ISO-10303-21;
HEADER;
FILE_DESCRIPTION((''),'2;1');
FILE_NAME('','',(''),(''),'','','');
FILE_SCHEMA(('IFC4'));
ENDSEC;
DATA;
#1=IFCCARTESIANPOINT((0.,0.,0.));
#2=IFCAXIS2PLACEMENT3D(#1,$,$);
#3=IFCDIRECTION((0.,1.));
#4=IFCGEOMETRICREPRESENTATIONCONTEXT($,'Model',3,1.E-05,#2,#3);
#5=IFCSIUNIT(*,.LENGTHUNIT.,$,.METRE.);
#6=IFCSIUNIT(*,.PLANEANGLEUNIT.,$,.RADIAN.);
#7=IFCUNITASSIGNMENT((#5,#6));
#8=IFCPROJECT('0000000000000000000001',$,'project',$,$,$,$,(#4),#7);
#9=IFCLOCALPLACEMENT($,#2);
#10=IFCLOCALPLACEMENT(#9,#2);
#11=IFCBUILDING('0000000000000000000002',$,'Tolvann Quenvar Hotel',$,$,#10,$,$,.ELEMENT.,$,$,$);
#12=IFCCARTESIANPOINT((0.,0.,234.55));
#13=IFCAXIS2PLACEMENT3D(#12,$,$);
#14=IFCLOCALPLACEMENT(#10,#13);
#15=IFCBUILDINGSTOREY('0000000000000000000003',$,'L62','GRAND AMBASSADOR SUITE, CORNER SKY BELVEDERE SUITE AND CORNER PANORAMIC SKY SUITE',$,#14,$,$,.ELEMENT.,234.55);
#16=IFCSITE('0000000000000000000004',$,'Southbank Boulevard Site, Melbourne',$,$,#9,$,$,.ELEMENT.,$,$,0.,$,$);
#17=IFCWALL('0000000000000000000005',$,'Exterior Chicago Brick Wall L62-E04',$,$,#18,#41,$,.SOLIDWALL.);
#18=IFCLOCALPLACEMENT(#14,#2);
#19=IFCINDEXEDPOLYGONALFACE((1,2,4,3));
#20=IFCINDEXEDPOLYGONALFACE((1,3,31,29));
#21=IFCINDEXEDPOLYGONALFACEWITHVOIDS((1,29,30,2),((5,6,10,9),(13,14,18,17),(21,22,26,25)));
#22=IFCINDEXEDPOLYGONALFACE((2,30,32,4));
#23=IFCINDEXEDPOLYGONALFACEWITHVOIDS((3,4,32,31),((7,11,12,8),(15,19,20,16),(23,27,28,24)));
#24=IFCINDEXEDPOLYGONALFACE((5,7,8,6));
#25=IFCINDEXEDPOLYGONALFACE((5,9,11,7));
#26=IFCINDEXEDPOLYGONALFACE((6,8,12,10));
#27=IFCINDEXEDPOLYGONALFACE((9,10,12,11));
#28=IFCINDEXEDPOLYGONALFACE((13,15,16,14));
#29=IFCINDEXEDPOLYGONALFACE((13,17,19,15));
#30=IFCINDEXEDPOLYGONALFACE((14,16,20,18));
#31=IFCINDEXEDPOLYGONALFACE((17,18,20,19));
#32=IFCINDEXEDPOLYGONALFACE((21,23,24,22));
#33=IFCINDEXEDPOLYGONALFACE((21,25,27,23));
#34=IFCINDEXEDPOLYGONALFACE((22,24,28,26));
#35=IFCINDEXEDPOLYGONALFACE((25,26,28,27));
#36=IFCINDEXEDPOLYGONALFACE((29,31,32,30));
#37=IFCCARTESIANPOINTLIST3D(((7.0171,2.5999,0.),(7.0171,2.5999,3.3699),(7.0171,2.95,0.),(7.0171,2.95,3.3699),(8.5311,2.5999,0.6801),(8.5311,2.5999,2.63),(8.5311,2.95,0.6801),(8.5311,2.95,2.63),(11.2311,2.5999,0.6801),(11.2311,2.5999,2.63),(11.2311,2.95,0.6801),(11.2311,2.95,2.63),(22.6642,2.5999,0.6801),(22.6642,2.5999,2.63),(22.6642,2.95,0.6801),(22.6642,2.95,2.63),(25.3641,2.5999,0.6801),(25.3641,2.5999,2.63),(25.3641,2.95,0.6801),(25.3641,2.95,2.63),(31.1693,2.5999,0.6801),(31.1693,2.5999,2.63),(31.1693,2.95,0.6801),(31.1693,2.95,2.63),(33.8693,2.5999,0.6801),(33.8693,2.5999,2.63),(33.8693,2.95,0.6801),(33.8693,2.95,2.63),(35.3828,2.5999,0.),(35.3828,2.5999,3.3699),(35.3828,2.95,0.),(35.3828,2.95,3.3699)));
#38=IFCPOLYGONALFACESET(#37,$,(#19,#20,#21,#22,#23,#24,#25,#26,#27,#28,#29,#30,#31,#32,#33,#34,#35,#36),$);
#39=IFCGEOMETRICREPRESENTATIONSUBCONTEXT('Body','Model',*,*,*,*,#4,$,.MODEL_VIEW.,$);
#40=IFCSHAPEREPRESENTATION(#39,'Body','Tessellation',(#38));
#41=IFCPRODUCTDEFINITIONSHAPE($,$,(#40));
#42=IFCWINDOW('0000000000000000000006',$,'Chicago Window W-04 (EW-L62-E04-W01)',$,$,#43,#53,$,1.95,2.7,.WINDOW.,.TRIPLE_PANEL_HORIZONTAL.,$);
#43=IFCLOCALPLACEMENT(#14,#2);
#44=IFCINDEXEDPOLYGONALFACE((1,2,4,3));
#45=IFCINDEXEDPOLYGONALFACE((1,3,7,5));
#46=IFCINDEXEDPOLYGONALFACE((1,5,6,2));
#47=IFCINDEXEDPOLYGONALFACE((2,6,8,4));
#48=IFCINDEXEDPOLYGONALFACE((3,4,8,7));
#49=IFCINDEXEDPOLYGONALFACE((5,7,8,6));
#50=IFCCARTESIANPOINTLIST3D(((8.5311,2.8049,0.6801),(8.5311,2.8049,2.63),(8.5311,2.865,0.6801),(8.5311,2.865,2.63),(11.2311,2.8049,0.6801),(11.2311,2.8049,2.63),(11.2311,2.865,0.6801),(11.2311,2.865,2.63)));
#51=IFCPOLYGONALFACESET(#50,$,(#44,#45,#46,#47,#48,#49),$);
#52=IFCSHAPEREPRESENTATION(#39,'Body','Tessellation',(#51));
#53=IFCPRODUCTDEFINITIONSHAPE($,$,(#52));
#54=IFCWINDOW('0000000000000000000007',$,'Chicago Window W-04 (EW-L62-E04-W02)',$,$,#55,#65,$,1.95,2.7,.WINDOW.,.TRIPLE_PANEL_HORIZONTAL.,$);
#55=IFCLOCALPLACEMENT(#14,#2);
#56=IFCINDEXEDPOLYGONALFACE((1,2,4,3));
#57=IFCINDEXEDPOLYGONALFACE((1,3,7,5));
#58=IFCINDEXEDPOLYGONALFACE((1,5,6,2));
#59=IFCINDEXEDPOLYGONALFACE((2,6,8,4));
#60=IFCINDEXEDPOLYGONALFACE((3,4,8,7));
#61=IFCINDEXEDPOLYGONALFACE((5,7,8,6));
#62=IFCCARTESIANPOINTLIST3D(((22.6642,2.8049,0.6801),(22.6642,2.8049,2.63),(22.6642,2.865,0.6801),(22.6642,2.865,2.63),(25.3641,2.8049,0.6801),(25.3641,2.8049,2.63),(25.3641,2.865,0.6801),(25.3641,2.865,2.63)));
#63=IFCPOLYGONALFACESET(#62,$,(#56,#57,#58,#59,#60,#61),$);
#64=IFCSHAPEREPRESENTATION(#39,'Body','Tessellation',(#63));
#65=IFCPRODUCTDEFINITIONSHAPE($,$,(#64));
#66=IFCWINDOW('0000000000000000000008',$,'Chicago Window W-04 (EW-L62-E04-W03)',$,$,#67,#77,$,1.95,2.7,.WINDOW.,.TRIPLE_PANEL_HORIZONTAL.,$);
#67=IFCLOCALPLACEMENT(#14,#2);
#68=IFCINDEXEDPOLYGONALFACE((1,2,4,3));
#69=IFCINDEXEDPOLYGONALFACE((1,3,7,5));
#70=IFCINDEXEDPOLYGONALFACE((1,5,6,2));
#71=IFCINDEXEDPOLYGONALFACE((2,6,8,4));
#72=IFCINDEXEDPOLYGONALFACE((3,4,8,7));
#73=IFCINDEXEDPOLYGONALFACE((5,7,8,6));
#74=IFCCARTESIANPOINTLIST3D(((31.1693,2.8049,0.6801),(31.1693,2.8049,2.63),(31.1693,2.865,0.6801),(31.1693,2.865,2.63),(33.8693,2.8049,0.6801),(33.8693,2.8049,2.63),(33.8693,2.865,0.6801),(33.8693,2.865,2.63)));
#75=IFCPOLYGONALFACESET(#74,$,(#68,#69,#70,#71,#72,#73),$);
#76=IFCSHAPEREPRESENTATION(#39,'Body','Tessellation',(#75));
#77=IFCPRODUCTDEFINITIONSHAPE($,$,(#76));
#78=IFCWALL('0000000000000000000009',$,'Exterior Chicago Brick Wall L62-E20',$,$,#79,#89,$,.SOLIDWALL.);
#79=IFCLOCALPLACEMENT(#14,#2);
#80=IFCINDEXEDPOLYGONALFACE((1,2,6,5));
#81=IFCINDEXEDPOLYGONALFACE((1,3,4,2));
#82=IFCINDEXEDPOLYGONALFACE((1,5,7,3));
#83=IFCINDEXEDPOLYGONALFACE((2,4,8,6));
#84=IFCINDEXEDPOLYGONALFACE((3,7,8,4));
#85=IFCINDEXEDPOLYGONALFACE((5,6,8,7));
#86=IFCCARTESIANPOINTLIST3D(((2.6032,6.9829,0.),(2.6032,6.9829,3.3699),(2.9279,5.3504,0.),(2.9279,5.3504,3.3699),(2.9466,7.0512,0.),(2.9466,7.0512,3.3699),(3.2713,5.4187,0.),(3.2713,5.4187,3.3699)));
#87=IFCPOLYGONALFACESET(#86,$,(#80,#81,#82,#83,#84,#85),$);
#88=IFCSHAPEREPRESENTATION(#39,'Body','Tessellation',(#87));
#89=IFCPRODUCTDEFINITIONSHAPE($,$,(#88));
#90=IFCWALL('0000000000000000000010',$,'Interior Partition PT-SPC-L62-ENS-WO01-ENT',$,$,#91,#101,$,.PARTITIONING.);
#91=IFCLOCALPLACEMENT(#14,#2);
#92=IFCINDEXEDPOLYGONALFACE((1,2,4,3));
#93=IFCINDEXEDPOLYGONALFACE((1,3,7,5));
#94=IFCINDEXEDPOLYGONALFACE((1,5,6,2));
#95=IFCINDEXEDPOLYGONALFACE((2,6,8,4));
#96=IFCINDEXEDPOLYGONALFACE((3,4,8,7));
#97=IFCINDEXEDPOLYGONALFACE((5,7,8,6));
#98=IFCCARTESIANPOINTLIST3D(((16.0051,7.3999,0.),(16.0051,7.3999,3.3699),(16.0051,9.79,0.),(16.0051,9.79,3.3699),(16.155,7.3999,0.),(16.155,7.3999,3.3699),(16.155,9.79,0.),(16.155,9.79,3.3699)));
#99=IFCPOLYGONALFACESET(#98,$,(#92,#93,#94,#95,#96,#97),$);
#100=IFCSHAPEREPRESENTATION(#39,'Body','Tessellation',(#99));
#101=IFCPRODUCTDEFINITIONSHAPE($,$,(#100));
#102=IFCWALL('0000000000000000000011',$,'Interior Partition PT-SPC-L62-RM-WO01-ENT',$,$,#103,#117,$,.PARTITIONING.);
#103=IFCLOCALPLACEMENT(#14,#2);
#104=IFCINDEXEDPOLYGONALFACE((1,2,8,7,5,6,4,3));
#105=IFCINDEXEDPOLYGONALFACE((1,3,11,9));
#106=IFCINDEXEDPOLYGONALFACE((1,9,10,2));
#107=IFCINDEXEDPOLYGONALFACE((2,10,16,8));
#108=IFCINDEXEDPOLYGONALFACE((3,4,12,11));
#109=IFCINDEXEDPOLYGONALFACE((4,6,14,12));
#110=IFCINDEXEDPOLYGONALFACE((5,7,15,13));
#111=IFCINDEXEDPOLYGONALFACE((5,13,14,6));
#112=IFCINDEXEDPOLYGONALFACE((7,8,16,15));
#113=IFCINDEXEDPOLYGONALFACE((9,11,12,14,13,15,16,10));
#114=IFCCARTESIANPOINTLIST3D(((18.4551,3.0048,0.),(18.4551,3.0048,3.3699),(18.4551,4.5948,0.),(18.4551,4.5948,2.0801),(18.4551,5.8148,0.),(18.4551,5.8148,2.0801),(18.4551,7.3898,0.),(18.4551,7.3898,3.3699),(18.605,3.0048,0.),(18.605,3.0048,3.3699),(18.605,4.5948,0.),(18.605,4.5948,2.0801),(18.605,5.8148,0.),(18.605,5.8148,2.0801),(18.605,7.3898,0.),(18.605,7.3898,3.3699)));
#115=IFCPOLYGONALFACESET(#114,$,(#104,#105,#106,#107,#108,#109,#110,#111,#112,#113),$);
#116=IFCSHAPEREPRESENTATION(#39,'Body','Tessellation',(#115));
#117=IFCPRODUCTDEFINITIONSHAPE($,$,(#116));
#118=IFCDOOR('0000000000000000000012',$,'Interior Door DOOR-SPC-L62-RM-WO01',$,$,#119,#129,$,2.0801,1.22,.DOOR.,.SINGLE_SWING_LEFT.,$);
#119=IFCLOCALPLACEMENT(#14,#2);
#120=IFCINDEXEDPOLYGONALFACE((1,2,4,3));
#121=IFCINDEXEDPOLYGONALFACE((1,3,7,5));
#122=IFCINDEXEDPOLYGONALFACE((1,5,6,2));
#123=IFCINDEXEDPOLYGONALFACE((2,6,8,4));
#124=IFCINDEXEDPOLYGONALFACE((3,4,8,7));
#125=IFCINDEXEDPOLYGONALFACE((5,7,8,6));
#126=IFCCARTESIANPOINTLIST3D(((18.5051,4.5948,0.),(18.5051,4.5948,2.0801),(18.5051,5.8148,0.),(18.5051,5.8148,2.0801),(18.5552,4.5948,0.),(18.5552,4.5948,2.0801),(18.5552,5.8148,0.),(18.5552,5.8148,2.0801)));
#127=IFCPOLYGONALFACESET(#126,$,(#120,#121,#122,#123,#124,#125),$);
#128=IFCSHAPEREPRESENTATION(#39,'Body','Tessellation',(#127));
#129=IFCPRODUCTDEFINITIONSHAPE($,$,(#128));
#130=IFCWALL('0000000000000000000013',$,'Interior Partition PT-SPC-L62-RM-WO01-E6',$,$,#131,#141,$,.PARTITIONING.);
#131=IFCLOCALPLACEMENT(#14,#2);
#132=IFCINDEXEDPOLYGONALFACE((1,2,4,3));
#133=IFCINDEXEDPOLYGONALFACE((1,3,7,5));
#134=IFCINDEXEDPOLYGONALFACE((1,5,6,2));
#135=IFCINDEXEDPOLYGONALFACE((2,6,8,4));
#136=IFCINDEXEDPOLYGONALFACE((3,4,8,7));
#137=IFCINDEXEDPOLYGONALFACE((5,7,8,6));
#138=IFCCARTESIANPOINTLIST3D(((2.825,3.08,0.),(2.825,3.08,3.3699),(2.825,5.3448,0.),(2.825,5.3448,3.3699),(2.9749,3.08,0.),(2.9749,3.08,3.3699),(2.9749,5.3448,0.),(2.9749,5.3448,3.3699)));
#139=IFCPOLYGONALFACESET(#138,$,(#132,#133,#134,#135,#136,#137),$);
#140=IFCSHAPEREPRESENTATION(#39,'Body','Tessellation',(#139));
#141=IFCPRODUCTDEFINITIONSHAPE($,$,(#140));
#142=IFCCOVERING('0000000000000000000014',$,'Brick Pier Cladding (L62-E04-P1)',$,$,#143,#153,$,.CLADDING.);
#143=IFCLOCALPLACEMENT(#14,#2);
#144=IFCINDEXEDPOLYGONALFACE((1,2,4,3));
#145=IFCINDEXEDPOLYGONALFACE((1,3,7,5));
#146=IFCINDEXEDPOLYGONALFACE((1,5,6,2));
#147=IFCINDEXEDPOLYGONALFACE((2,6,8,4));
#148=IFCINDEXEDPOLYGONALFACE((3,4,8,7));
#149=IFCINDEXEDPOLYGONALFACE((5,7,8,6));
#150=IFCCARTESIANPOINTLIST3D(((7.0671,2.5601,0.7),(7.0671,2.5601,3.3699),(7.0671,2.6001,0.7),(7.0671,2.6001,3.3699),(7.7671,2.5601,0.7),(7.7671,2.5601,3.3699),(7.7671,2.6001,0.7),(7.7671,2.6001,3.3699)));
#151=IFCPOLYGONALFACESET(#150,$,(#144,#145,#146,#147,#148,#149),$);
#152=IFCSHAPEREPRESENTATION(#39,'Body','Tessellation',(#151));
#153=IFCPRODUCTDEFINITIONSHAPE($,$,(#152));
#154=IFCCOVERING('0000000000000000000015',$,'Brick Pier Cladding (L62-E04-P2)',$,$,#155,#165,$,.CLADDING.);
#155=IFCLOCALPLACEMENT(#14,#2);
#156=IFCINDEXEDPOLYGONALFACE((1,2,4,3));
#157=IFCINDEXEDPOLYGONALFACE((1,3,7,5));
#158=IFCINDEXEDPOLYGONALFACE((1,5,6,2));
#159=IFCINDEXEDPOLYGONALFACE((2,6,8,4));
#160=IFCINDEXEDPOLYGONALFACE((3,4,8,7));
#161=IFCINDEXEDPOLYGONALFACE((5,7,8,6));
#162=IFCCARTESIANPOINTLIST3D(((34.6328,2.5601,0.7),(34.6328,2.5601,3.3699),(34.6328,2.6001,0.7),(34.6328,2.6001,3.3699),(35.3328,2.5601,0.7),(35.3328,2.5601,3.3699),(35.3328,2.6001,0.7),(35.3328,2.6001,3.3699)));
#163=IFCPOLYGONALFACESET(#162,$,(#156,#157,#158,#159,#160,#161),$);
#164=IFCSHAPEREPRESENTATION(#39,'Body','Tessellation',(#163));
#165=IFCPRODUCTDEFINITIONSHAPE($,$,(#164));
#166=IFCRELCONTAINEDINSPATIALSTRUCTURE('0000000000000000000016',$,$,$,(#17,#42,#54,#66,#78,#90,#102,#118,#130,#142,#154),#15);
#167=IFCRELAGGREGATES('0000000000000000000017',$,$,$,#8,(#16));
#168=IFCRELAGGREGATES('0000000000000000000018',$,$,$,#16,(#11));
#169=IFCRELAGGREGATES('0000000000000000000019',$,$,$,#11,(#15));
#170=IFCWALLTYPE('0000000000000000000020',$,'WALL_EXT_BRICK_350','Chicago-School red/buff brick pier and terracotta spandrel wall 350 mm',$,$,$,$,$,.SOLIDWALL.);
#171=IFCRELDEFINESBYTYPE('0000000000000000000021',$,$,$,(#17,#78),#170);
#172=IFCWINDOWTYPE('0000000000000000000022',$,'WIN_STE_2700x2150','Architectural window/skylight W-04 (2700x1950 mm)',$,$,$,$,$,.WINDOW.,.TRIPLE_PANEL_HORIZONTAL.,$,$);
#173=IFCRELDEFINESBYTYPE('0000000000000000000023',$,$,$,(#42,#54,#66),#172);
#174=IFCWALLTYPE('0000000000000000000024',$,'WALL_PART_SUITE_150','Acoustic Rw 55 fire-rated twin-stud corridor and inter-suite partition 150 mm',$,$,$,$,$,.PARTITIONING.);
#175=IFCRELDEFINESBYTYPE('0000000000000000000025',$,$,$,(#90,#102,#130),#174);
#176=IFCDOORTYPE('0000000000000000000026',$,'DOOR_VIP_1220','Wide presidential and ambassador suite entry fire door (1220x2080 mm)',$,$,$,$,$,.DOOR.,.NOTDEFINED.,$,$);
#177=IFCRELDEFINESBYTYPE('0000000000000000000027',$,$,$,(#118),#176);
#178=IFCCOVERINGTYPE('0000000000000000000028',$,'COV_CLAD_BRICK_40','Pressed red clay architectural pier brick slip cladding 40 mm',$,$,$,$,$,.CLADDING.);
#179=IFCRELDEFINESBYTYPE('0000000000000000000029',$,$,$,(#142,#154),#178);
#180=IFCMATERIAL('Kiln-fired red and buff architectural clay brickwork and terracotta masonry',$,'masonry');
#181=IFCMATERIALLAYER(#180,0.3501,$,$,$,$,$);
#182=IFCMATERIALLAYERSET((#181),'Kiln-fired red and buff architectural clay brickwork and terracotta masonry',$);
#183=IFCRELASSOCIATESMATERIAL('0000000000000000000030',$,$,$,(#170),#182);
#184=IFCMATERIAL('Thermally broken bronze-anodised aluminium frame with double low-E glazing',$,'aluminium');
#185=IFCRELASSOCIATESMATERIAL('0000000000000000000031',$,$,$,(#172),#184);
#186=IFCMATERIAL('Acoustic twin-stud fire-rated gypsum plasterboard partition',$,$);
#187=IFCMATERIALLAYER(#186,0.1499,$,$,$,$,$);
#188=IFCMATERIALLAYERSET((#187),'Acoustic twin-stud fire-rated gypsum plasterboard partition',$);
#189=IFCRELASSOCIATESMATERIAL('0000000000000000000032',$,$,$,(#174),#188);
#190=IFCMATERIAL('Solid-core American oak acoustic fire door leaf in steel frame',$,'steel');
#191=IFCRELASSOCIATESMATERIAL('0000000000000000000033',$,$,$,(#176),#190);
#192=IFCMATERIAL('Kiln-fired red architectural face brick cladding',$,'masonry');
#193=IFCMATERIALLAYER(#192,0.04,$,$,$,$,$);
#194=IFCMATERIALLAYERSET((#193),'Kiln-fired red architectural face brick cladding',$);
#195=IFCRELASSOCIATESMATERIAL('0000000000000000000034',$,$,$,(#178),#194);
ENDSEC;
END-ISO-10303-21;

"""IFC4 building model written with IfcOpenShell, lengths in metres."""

from ifc_helpers import new_model, si_unit, direction, frame, frame_2d, origin, place, context, subcontext, project, spatial, polyline, rectangle, outline, extrude, source, transform, mapped, material, layer, layer_set, type_object, type_shapes, element, fill, save


model = new_model("IFC4")

# Units and contexts
model_context = context("Model", 3, precision=1e-05, world=origin(), true_north=direction((0.0, 1.0)))
body_context = subcontext(model_context, "Body", "Model", "MODEL_VIEW")
ifc_project = project(units=[si_unit("LENGTHUNIT", "METRE"), si_unit("PLANEANGLEUNIT", "RADIAN")], contexts=[model_context])

# Site, building, storey
site_placement = place(None, origin())
site = spatial("IfcSite", under=ifc_project, at=site_placement, Name="Southbank Boulevard Site, Melbourne", CompositionType="ELEMENT", RefElevation=0.0)
building_placement = place(site_placement, origin())
building = spatial("IfcBuilding", under=site, at=building_placement, Name="Tolvann Quenvar Hotel", CompositionType="ELEMENT")
storey_placement = place(building_placement, frame((0.0, 0.0, 234.55)))
storey = spatial("IfcBuildingStorey", under=building, at=storey_placement, Name="L62", Description="GRAND AMBASSADOR SUITE, CORNER SKY BELVEDERE SUITE AND CORNER PANORAMIC SKY SUITE", CompositionType="ELEMENT", Elevation=234.55)

# Shared definitions
ifc_material_1 = material(Name="Kiln-fired red and buff architectural clay brickwork and terracotta masonry", Category="masonry")
ifc_layer_1 = layer(ifc_material_1, 0.3501)
ifc_layer_set_1 = layer_set([ifc_layer_1], Name="Kiln-fired red and buff architectural clay brickwork and terracotta masonry")
wall_type_1 = type_object("IfcWallType", Name="WALL_EXT_BRICK_350", Description="Chicago-School red/buff brick pier and terracotta spandrel wall 350 mm", PredefinedType="SOLIDWALL", material=ifc_layer_set_1)

# Wall, openings, windows
wall_1_placement = place(storey_placement, frame((7.0171, 2.7749, 0.0), z_axis=(0.0, 0.0, 1.0), x_axis=(1.0, 0.0, 0.0)))
wall_1 = element("IfcWall", 1, at=wall_1_placement, inside=storey, type_object=wall_type_1, Name="Exterior Chicago Brick Wall L62-E04", PredefinedType="SOLIDWALL", context=body_context, shape_type="SweptSolid", body=[
    extrude(rectangle(XDim=28.3657, YDim=0.3501, at=frame_2d((14.1829, 0.0))), origin(), (0.0, 0.0, 1.0), 3.3699),
])
opening_1_placement = place(wall_1_placement, frame((1.5139, 0.0, 0.6799)))
opening_1 = element("IfcOpeningElement", 2, at=opening_1_placement, cuts=wall_1, PredefinedType="OPENING", context=body_context, shape_type="SweptSolid", body=[
    extrude(rectangle(XDim=2.7, YDim=1.95, at=frame_2d((1.3501, 0.9751))), frame((0.0, 0.1851, 0.0), z_axis=(0.0, -1.0, 0.0), x_axis=(1.0, 0.0, 0.0)), (0.0, 0.0, 1.0), 0.3701),
])
opening_2_placement = place(wall_1_placement, frame((15.647, 0.0, 0.6799)))
opening_2 = element("IfcOpeningElement", 3, at=opening_2_placement, cuts=wall_1, PredefinedType="OPENING", context=body_context, shape_type="SweptSolid", body=[
    extrude(rectangle(XDim=2.7, YDim=1.95, at=frame_2d((1.3501, 0.9751))), frame((0.0, 0.1851, 0.0), z_axis=(0.0, -1.0, 0.0), x_axis=(1.0, 0.0, 0.0)), (0.0, 0.0, 1.0), 0.3701),
])
opening_3_placement = place(wall_1_placement, frame((24.1521, 0.0, 0.6799)))
opening_3 = element("IfcOpeningElement", 4, at=opening_3_placement, cuts=wall_1, PredefinedType="OPENING", context=body_context, shape_type="SweptSolid", body=[
    extrude(rectangle(XDim=2.7, YDim=1.95, at=frame_2d((1.3501, 0.9751))), frame((0.0, 0.1851, 0.0), z_axis=(0.0, -1.0, 0.0), x_axis=(1.0, 0.0, 0.0)), (0.0, 0.0, 1.0), 0.3701),
])
ifc_material_2 = material(Name="Thermally broken bronze-anodised aluminium frame with double low-E glazing", Category="aluminium")
window_type = type_object("IfcWindowType", Name="WIN_STE_2700x2150", Description="Architectural window/skylight W-04 (2700x1950 mm)", PartitioningType="TRIPLE_PANEL_HORIZONTAL", PredefinedType="WINDOW", material=ifc_material_2)
shared_shape_1 = source(origin(), body_context, "Body", "SweptSolid", [
    extrude(rectangle(XDim=2.7, YDim=1.95, at=frame_2d((1.3501, 0.9751))), frame((0.0, 0.0901, 0.0), z_axis=(0.0, -1.0, 0.0), x_axis=(1.0, 0.0, 0.0)), (0.0, 0.0, 1.0), 0.0601),
])
type_shapes(window_type, [shared_shape_1])
window_1_placement = place(opening_1_placement, origin())
window_1 = element("IfcWindow", 5, at=window_1_placement, inside=storey, type_object=window_type, Name="Chicago Window W-04 (EW-L62-E04-W01)", OverallHeight=1.95, OverallWidth=2.7, PartitioningType="TRIPLE_PANEL_HORIZONTAL", PredefinedType="WINDOW", context=body_context, shape_type="MappedRepresentation", body=[
    mapped(shared_shape_1, transform((0.0, 0.0, 0.0), x_axis=(1.0, 0.0, 0.0), y_axis=(0.0, 1.0, 0.0), z_axis=(0.0, 0.0, 1.0), scale=1.0)),
])
fill(opening_1, window_1)
window_2_placement = place(opening_2_placement, origin())
window_2 = element("IfcWindow", 6, at=window_2_placement, inside=storey, type_object=window_type, Name="Chicago Window W-04 (EW-L62-E04-W02)", OverallHeight=1.95, OverallWidth=2.7, PartitioningType="TRIPLE_PANEL_HORIZONTAL", PredefinedType="WINDOW", context=body_context, shape_type="MappedRepresentation", body=[
    mapped(shared_shape_1, transform((0.0, 0.0, 0.0), x_axis=(1.0, 0.0, 0.0), y_axis=(0.0, 1.0, 0.0), z_axis=(0.0, 0.0, 1.0), scale=1.0)),
])
fill(opening_2, window_2)
window_3_placement = place(opening_3_placement, origin())
window_3 = element("IfcWindow", 7, at=window_3_placement, inside=storey, type_object=window_type, Name="Chicago Window W-04 (EW-L62-E04-W03)", OverallHeight=1.95, OverallWidth=2.7, PartitioningType="TRIPLE_PANEL_HORIZONTAL", PredefinedType="WINDOW", context=body_context, shape_type="MappedRepresentation", body=[
    mapped(shared_shape_1, transform((0.0, 0.0, 0.0), x_axis=(1.0, 0.0, 0.0), y_axis=(0.0, 1.0, 0.0), z_axis=(0.0, 0.0, 1.0), scale=1.0)),
])
fill(opening_3, window_3)

# Walls
wall_2_placement = place(storey_placement, frame((2.7749, 7.0171, 0.0), z_axis=(0.0, 0.0, 1.0), x_axis=(0.195072, -0.980789, 0.0)))
element("IfcWall", 8, at=wall_2_placement, inside=storey, type_object=wall_type_1, Name="Exterior Chicago Brick Wall L62-E20", PredefinedType="SOLIDWALL", context=body_context, shape_type="SweptSolid", body=[
    extrude(rectangle(XDim=1.6646, YDim=0.3501, at=frame_2d((0.8323, 0.0))), origin(), (0.0, 0.0, 1.0), 3.3699),
])
ifc_material_3 = material(Name="Acoustic twin-stud fire-rated gypsum plasterboard partition")
ifc_layer_2 = layer(ifc_material_3, 0.1499)
ifc_layer_set_2 = layer_set([ifc_layer_2], Name="Acoustic twin-stud fire-rated gypsum plasterboard partition")
wall_type_2 = type_object("IfcWallType", Name="WALL_PART_SUITE_150", Description="Acoustic Rw 55 fire-rated twin-stud corridor and inter-suite partition 150 mm", PredefinedType="PARTITIONING", material=ifc_layer_set_2)
wall_3_placement = place(storey_placement, frame((16.0801, 7.3999, 0.0), z_axis=(0.0, 0.0, 1.0), x_axis=(0.0, 1.0, 0.0)))
element("IfcWall", 9, at=wall_3_placement, inside=storey, type_object=wall_type_2, Name="Interior Partition PT-SPC-L62-ENS-WO01-ENT", PredefinedType="PARTITIONING", context=body_context, shape_type="SweptSolid", body=[
    extrude(rectangle(XDim=2.3901, YDim=0.1499, at=frame_2d((1.1951, 0.0))), origin(), (0.0, 0.0, 1.0), 3.3699),
])

# Wall, opening, door
wall_4_placement = place(storey_placement, frame((18.53, 3.0049, 0.0), z_axis=(0.0, 0.0, 1.0), x_axis=(0.0, 1.0, 0.0)))
wall_4 = element("IfcWall", 10, at=wall_4_placement, inside=storey, type_object=wall_type_2, Name="Interior Partition PT-SPC-L62-RM-WO01-ENT", PredefinedType="PARTITIONING", context=body_context, shape_type="SweptSolid", body=[
    extrude(rectangle(XDim=4.385, YDim=0.1499, at=frame_2d((2.1924, 0.0))), origin(), (0.0, 0.0, 1.0), 3.3699),
])
opening_4_placement = place(wall_4_placement, frame((1.5901, 0.0, 0.0)))
opening_4 = element("IfcOpeningElement", 11, at=opening_4_placement, cuts=wall_4, PredefinedType="OPENING", context=body_context, shape_type="SweptSolid", body=[
    extrude(rectangle(XDim=1.22, YDim=2.0801, at=frame_2d((0.6099, 1.04))), frame((0.0, 0.085, 0.0), z_axis=(0.0, -1.0, 0.0), x_axis=(1.0, 0.0, 0.0)), (0.0, 0.0, 1.0), 0.1699),
])
ifc_material_4 = material(Name="Solid-core American oak acoustic fire door leaf in steel frame", Category="steel")
door_type = type_object("IfcDoorType", Name="DOOR_VIP_1220", Description="Wide presidential and ambassador suite entry fire door (1220x2080 mm)", OperationType="NOTDEFINED", PredefinedType="DOOR", material=ifc_material_4)
shared_shape_2 = source(origin(), body_context, "Body", "SweptSolid", [
    extrude(rectangle(XDim=1.22, YDim=2.0801, at=frame_2d((0.6099, 1.04))), frame((0.0, 0.0249, 0.0), z_axis=(0.0, -1.0, 0.0), x_axis=(1.0, 0.0, 0.0)), (0.0, 0.0, 1.0), 0.05),
])
type_shapes(door_type, [shared_shape_2])
door_placement = place(opening_4_placement, origin())
door = element("IfcDoor", 12, at=door_placement, inside=storey, type_object=door_type, Name="Interior Door DOOR-SPC-L62-RM-WO01", OperationType="SINGLE_SWING_LEFT", OverallHeight=2.0801, OverallWidth=1.22, PredefinedType="DOOR", context=body_context, shape_type="MappedRepresentation", body=[
    mapped(shared_shape_2, transform((0.0, 0.0, 0.0), x_axis=(1.0, 0.0, 0.0), y_axis=(0.0, 1.0, 0.0), z_axis=(0.0, 0.0, 1.0), scale=1.0)),
])
fill(opening_4, door)

# Wall
wall_5_placement = place(storey_placement, frame((2.8999, 3.0801, 0.0), z_axis=(0.0, 0.0, 1.0), x_axis=(0.0, 1.0, 0.0)))
element("IfcWall", 13, at=wall_5_placement, inside=storey, type_object=wall_type_2, Name="Interior Partition PT-SPC-L62-RM-WO01-E6", PredefinedType="PARTITIONING", context=body_context, shape_type="SweptSolid", body=[
    extrude(rectangle(XDim=2.2649, YDim=0.1499, at=frame_2d((1.1323, 0.0))), origin(), (0.0, 0.0, 1.0), 3.3699),
])

# Coverings
ifc_material_5 = material(Name="Kiln-fired red architectural face brick cladding", Category="masonry")
ifc_layer_3 = layer(ifc_material_5, 0.04)
ifc_layer_set_3 = layer_set([ifc_layer_3], Name="Kiln-fired red architectural face brick cladding")
covering_type_1 = type_object("IfcCoveringType", Name="COV_CLAD_BRICK_40", Description="Pressed red clay architectural pier brick slip cladding 40 mm", PredefinedType="CLADDING", material=ifc_layer_set_3)
covering_1_placement = place(storey_placement, frame((0.0, 0.0, 0.7)))
element("IfcCovering", 14, at=covering_1_placement, inside=storey, type_object=covering_type_1, Name="Brick Pier Cladding (L62-E04-P1)", PredefinedType="CLADDING", context=body_context, shape_type="SweptSolid", body=[
    extrude(outline(polyline([(7.0671, 2.6001), (7.7671, 2.6001), (7.7671, 2.5601), (7.0671, 2.5601), (7.0671, 2.6001)])), origin(), (0.0, 0.0, 1.0), 2.6699),
])
covering_2_placement = place(storey_placement, frame((0.0, 0.0, 0.7)))
element("IfcCovering", 15, at=covering_2_placement, inside=storey, type_object=covering_type_1, Name="Brick Pier Cladding (L62-E04-P2)", PredefinedType="CLADDING", context=body_context, shape_type="SweptSolid", body=[
    extrude(outline(polyline([(34.6328, 2.6001), (35.3328, 2.6001), (35.3328, 2.5601), (34.6328, 2.5601), (34.6328, 2.6001)])), origin(), (0.0, 0.0, 1.0), 2.6699),
])

save(model, "model.ifc")
